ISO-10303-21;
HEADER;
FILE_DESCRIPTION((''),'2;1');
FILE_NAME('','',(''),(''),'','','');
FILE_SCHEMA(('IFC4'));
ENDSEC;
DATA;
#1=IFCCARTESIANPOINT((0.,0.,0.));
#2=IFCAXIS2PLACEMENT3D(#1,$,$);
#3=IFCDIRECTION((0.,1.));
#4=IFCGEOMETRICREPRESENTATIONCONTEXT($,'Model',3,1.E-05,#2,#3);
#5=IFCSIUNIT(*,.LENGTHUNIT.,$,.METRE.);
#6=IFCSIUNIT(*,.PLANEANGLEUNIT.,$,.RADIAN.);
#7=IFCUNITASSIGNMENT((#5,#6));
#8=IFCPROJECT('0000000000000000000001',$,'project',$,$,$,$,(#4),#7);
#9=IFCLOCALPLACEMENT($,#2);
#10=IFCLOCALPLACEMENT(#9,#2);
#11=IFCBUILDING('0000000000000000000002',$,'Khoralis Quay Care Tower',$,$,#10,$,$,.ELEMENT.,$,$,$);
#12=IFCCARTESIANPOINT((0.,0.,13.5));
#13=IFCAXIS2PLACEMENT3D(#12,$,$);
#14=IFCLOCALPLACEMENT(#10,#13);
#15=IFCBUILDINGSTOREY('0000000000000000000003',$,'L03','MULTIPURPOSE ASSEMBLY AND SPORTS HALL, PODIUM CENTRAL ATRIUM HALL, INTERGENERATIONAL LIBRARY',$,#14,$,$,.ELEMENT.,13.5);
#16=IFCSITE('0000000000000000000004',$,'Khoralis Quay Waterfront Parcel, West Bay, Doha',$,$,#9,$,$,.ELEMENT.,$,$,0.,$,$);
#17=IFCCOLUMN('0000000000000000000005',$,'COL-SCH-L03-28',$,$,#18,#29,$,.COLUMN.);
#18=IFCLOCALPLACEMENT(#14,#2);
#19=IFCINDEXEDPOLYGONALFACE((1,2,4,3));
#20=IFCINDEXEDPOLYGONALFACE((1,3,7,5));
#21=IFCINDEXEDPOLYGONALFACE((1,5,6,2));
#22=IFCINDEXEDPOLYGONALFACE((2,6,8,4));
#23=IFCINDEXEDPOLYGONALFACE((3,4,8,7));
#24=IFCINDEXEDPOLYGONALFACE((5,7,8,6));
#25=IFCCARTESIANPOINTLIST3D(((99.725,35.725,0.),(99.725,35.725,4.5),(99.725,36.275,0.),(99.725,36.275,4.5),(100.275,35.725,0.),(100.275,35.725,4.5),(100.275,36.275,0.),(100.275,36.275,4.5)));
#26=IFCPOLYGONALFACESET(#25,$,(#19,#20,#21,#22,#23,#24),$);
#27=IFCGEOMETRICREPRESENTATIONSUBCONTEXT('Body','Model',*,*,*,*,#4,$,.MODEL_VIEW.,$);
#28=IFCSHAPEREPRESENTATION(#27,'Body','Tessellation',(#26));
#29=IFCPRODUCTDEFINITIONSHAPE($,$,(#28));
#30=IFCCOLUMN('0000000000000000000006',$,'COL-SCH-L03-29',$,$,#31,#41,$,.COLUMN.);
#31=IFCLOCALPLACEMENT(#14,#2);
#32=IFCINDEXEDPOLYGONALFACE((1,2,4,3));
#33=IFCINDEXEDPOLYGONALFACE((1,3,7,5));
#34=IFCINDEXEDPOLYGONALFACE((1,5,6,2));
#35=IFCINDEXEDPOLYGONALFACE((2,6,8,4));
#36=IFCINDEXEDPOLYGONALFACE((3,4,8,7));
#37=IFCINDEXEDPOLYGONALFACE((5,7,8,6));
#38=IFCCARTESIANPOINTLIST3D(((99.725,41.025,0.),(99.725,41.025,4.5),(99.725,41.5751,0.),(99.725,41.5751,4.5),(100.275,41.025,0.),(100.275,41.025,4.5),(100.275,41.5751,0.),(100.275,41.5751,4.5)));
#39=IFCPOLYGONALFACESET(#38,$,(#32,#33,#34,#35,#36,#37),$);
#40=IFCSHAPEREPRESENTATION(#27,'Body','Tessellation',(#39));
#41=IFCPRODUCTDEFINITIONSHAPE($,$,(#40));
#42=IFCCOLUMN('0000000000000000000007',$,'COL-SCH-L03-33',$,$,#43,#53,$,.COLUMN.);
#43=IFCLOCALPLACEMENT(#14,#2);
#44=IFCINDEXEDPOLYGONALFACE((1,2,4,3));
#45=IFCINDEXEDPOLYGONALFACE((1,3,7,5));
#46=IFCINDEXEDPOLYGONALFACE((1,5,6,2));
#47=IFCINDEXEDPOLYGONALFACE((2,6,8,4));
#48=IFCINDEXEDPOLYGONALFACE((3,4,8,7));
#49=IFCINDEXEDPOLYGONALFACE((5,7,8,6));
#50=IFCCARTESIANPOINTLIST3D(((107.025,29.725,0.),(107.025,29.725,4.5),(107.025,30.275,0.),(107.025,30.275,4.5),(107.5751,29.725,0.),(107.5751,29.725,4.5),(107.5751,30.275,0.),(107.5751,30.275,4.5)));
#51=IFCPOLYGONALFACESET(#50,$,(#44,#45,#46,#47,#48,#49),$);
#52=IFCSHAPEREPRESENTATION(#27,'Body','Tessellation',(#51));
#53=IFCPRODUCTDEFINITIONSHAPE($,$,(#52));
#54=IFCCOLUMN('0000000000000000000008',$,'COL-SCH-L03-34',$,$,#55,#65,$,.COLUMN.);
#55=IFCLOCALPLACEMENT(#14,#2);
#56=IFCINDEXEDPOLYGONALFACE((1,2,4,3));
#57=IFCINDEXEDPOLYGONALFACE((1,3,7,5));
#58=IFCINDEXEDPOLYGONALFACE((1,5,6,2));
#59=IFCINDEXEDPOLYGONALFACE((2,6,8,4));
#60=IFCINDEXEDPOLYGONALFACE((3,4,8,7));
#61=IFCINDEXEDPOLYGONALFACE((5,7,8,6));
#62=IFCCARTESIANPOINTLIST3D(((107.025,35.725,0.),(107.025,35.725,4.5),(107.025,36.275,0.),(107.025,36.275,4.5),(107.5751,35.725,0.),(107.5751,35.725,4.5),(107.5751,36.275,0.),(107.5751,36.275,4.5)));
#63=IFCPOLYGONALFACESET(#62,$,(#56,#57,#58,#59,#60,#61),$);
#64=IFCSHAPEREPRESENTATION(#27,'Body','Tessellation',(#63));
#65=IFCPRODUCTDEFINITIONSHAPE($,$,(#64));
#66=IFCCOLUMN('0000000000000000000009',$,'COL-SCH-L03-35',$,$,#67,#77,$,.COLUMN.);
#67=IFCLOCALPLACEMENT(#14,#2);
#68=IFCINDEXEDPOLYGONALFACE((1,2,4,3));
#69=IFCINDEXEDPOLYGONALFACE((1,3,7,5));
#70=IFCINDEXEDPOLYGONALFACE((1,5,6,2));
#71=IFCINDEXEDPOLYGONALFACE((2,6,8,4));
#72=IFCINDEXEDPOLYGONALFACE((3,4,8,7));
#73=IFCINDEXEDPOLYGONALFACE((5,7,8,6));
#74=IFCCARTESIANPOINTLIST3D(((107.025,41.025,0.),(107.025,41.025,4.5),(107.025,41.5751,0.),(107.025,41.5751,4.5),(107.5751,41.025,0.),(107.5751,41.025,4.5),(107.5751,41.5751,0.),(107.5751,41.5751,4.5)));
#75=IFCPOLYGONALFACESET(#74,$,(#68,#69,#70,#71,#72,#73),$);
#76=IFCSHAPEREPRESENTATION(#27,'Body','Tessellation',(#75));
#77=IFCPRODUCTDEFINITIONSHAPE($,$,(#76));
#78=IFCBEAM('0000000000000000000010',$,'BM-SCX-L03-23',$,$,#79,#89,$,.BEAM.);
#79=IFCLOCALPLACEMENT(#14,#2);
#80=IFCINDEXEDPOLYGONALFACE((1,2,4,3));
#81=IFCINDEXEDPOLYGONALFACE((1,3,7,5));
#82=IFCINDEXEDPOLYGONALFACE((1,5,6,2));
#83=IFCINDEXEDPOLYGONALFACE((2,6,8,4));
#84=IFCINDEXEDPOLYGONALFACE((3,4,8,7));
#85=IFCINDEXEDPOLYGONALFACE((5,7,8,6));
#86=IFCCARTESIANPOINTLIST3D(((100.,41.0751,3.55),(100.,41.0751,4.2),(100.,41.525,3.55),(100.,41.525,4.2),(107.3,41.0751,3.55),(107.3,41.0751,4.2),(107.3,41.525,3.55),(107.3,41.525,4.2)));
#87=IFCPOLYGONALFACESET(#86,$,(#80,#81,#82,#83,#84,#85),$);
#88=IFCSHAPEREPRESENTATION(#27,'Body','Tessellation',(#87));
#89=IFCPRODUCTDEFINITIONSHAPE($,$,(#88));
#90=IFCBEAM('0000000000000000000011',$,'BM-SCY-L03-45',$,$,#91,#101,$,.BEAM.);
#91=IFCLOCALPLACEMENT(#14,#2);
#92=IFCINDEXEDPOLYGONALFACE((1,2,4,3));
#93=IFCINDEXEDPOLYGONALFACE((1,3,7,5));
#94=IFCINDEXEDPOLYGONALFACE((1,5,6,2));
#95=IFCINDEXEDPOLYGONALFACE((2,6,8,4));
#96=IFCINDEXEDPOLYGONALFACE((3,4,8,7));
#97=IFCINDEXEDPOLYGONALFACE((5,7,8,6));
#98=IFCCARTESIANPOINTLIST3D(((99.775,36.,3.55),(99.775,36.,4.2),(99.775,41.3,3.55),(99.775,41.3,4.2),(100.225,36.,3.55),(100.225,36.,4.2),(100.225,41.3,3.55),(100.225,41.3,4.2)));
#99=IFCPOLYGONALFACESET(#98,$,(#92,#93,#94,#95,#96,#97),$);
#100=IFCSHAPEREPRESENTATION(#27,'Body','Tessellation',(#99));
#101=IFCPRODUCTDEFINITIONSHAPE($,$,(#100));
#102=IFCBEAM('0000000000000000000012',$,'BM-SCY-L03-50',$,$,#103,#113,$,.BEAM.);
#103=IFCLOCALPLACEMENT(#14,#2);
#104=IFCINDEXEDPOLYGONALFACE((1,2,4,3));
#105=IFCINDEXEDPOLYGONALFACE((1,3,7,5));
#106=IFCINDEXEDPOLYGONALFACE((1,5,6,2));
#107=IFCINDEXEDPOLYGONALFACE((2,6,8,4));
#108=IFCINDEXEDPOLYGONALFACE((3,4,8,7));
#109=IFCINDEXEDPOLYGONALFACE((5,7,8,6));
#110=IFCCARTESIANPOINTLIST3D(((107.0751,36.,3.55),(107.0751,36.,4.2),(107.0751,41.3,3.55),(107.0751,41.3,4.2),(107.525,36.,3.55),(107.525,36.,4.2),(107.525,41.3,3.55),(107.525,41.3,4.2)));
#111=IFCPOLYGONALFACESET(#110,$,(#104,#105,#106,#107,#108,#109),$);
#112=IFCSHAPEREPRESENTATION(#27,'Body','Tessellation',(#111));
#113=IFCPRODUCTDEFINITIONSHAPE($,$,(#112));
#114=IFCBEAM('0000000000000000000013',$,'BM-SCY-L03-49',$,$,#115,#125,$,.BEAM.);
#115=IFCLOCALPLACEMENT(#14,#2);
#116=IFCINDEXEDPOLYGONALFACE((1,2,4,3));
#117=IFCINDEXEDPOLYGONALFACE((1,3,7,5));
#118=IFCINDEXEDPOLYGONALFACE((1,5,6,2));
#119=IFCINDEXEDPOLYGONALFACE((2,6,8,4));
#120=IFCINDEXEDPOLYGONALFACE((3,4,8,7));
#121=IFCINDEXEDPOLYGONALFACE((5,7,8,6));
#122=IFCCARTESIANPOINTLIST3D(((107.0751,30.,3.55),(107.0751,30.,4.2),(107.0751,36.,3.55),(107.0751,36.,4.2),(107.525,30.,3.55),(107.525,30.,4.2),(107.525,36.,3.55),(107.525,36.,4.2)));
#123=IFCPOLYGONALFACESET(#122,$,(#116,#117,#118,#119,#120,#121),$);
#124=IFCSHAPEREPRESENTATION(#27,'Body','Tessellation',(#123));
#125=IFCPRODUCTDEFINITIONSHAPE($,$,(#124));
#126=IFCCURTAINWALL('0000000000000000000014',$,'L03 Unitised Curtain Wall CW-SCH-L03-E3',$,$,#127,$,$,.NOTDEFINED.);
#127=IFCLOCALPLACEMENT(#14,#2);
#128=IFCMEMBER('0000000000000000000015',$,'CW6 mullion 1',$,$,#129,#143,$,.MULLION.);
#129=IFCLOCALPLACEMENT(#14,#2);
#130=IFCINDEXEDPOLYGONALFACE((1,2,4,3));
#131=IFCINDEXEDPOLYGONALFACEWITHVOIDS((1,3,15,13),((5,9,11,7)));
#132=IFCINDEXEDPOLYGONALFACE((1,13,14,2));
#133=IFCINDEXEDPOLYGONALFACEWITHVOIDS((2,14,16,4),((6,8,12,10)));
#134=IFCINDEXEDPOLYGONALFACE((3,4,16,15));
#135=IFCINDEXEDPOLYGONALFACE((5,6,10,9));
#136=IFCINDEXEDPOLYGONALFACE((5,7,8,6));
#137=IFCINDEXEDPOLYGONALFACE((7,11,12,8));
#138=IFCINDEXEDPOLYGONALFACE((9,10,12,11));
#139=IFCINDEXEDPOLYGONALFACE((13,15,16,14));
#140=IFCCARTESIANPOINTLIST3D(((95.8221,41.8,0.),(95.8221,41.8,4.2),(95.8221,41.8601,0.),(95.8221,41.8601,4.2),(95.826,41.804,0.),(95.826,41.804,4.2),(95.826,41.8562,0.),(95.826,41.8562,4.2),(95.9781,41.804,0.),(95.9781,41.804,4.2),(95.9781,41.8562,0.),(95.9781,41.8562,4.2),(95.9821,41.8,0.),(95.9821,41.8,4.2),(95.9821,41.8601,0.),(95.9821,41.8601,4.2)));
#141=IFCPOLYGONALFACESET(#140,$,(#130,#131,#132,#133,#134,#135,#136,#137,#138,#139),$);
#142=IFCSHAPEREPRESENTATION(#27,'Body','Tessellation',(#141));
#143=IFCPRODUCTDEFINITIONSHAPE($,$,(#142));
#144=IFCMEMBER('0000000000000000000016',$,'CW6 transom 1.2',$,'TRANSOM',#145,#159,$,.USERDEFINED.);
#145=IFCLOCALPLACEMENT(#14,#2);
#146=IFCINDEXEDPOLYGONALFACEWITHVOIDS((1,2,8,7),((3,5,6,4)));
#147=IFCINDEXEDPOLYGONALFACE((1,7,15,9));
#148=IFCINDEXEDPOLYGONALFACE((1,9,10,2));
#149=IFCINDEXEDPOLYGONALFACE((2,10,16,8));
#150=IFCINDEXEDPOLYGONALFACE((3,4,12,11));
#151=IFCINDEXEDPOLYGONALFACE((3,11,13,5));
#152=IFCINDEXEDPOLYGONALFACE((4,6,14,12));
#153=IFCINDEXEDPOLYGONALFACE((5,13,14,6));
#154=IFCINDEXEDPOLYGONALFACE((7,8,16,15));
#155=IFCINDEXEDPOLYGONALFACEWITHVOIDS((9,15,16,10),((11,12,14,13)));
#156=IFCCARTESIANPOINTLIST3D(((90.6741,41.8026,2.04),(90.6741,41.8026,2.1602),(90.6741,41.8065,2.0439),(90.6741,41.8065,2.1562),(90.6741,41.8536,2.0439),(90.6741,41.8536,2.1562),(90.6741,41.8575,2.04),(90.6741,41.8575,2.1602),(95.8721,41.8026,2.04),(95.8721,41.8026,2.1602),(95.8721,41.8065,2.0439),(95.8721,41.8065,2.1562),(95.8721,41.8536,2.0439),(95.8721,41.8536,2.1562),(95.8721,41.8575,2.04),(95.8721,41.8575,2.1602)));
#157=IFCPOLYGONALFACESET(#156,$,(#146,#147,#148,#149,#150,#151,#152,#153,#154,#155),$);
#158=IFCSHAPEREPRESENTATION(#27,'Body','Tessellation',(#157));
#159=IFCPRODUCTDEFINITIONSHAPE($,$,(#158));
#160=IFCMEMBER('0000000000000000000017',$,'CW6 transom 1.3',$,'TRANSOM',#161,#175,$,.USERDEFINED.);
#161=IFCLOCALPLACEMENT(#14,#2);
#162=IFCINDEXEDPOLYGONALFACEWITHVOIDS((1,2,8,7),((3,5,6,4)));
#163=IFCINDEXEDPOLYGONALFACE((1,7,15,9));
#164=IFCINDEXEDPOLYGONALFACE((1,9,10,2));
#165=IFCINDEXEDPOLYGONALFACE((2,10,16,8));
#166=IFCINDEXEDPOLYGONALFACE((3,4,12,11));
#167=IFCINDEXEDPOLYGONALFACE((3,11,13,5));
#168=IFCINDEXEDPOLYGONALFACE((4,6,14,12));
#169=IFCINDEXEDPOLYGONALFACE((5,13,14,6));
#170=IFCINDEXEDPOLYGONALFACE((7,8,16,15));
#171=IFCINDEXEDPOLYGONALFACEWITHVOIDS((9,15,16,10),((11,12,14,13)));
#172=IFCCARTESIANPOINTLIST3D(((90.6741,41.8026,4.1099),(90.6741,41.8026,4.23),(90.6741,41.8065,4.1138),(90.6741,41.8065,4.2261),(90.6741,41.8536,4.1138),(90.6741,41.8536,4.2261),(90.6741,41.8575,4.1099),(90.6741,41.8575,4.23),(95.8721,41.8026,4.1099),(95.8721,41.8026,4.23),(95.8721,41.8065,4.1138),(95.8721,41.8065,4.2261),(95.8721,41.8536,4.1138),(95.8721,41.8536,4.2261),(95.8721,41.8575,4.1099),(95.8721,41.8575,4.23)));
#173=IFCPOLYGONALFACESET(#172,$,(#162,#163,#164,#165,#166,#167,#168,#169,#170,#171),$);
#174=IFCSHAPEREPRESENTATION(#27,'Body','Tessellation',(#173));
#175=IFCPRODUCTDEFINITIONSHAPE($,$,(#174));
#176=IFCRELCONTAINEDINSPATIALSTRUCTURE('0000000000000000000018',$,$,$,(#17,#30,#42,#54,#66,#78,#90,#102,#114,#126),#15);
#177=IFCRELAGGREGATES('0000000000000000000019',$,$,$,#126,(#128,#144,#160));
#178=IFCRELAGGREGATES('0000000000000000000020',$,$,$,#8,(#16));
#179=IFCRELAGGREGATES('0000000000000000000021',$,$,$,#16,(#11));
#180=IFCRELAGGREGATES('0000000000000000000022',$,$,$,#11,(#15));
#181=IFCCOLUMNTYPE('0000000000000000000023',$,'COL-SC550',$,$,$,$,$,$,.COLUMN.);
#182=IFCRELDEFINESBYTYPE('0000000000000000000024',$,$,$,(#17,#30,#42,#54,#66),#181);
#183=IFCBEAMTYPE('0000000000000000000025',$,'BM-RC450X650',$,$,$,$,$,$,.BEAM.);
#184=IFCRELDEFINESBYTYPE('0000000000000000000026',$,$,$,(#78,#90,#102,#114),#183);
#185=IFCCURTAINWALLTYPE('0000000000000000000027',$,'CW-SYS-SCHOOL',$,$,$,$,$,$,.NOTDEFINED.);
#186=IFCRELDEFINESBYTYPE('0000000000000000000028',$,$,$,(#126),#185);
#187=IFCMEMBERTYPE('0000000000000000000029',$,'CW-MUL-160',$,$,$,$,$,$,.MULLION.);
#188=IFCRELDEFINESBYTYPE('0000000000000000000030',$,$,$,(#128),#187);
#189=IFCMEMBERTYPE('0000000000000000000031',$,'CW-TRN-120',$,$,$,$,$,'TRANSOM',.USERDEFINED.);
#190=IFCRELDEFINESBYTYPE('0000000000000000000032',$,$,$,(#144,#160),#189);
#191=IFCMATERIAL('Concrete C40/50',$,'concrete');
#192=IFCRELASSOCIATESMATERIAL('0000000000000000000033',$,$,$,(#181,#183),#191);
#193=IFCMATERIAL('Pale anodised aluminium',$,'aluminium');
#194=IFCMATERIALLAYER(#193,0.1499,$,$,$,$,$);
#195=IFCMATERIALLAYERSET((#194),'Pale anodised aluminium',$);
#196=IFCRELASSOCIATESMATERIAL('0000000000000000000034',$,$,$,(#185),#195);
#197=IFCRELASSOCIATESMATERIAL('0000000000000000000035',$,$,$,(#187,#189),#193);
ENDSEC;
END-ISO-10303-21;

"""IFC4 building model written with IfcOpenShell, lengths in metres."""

from ifc_helpers import new_model, si_unit, direction, frame, origin, origin_2d, place, context, subcontext, project, spatial, rectangle, hollow_rectangle, extrude, source, transform, mapped, material, layer, layer_set, material_profile, profile_set, type_object, element, aggregate, save


model = new_model("IFC4")

# Units and contexts
model_context = context("Model", 3, precision=1e-05, world=origin(), true_north=direction((0.0, 1.0)))
body_context = subcontext(model_context, "Body", "Model", "MODEL_VIEW")
ifc_project = project(units=[si_unit("LENGTHUNIT", "METRE"), si_unit("PLANEANGLEUNIT", "RADIAN")], contexts=[model_context])

# Site, building, storey
site_placement = place(None, origin())
site = spatial("IfcSite", under=ifc_project, at=site_placement, Name="Khoralis Quay Waterfront Parcel, West Bay, Doha", CompositionType="ELEMENT", RefElevation=0.0)
building_placement = place(site_placement, origin())
building = spatial("IfcBuilding", under=site, at=building_placement, Name="Khoralis Quay Care Tower", CompositionType="ELEMENT")
storey_placement = place(building_placement, frame((0.0, 0.0, 13.5)))
storey = spatial("IfcBuildingStorey", under=building, at=storey_placement, Name="L03", Description="MULTIPURPOSE ASSEMBLY AND SPORTS HALL, PODIUM CENTRAL ATRIUM HALL, INTERGENERATIONAL LIBRARY", CompositionType="ELEMENT", Elevation=13.5)

# Columns
ifc_material_1 = material(Name="Concrete C40/50", Category="concrete")
ifc_material_profile_1 = material_profile(ifc_material_1, rectangle(XDim=0.55, YDim=0.55, at=origin_2d()), Name="Concrete C40/50")
ifc_profile_set_1 = profile_set([ifc_material_profile_1], Name="Concrete C40/50")
column_type = type_object("IfcColumnType", Name="COL-SC550", PredefinedType="COLUMN", material=ifc_profile_set_1)
shared_shape_1 = source(origin(), body_context, "Body", "SweptSolid", [
    extrude(rectangle(XDim=0.55, YDim=0.55, at=origin_2d()), origin(), (0.0, 0.0, 1.0), 4.5),
])
for number, where, z_axis, x_axis, name in (
    (1, (100.0, 36.0, 0.0), (0.0, 0.0, 1.0), (1.0, 0.0, 0.0), "COL-SCH-L03-28"),
    (2, (100.0, 41.3, 0.0), (0.0, 0.0, 1.0), (1.0, 0.0, 0.0), "COL-SCH-L03-29"),
    (3, (107.3, 30.0, 0.0), (0.0, 0.0, 1.0), (1.0, 0.0, 0.0), "COL-SCH-L03-33"),
    (4, (107.3, 36.0, 0.0), (0.0, 0.0, 1.0), (1.0, 0.0, 0.0), "COL-SCH-L03-34"),
    (5, (107.3, 41.3, 0.0), (0.0, 0.0, 1.0), (1.0, 0.0, 0.0), "COL-SCH-L03-35"),
):
    element("IfcColumn", number, at=place(storey_placement, frame(where, z_axis=z_axis, x_axis=x_axis)), inside=storey, type_object=column_type, Name=name, PredefinedType="COLUMN", context=body_context, shape_type="MappedRepresentation", body=[
        mapped(shared_shape_1, transform((0.0, 0.0, 0.0), scale=1.0)),
    ])

# Beams
ifc_material_profile_2 = material_profile(ifc_material_1, rectangle(XDim=0.45, YDim=0.6499, at=origin_2d()), Name="Concrete C40/50")
ifc_profile_set_2 = profile_set([ifc_material_profile_2], Name="Concrete C40/50")
beam_type = type_object("IfcBeamType", Name="BM-RC450X650", PredefinedType="BEAM", material=ifc_profile_set_2)
shared_shape_2 = source(origin(), body_context, "Body", "SweptSolid", [
    extrude(rectangle(XDim=0.45, YDim=0.6499, at=origin_2d()), origin(), (0.0, 0.0, 1.0), 7.3),
])
beam_1_placement = place(storey_placement, frame((100.0, 41.3, 3.875), z_axis=(1.0, 0.0, 0.0), x_axis=(0.0, 1.0, 0.0)))
element("IfcBeam", 6, at=beam_1_placement, inside=storey, type_object=beam_type, Name="BM-SCX-L03-23", PredefinedType="BEAM", context=body_context, shape_type="MappedRepresentation", body=[
    mapped(shared_shape_2, transform((0.0, 0.0, 0.0), scale=1.0)),
])
shared_shape_3 = source(origin(), body_context, "Body", "SweptSolid", [
    extrude(rectangle(XDim=0.45, YDim=0.6499, at=origin_2d()), origin(), (0.0, 0.0, 1.0), 5.3),
])
for number, where, z_axis, x_axis, name in (
    (7, (100.0, 36.0, 3.875), (0.0, 1.0, 0.0), (-1.0, 0.0, 0.0), "BM-SCY-L03-45"),
    (8, (107.3, 36.0, 3.875), (0.0, 1.0, 0.0), (-1.0, 0.0, 0.0), "BM-SCY-L03-50"),
):
    element("IfcBeam", number, at=place(storey_placement, frame(where, z_axis=z_axis, x_axis=x_axis)), inside=storey, type_object=beam_type, Name=name, PredefinedType="BEAM", context=body_context, shape_type="MappedRepresentation", body=[
        mapped(shared_shape_3, transform((0.0, 0.0, 0.0), scale=1.0)),
    ])
shared_shape_4 = source(origin(), body_context, "Body", "SweptSolid", [
    extrude(rectangle(XDim=0.45, YDim=0.6499, at=origin_2d()), origin(), (0.0, 0.0, 1.0), 6.0),
])
beam_2_placement = place(storey_placement, frame((107.3, 30.0, 3.875), z_axis=(0.0, 1.0, 0.0), x_axis=(-1.0, 0.0, 0.0)))
element("IfcBeam", 9, at=beam_2_placement, inside=storey, type_object=beam_type, Name="BM-SCY-L03-49", PredefinedType="BEAM", context=body_context, shape_type="MappedRepresentation", body=[
    mapped(shared_shape_4, transform((0.0, 0.0, 0.0), scale=1.0)),
])

# Curtain wall, members
ifc_material_2 = material(Name="Pale anodised aluminium", Category="aluminium")
ifc_layer_1 = layer(ifc_material_2, 0.1499)
ifc_layer_set_1 = layer_set([ifc_layer_1], Name="Pale anodised aluminium")
curtain_wall_type = type_object("IfcCurtainWallType", Name="CW-SYS-SCHOOL", PredefinedType="NOTDEFINED", material=ifc_layer_set_1)
curtain_wall_placement = place(storey_placement, origin())
curtain_wall = element("IfcCurtainWall", 10, at=curtain_wall_placement, inside=storey, type_object=curtain_wall_type, Name="L03 Unitised Curtain Wall CW-SCH-L03-E3", PredefinedType="NOTDEFINED")
ifc_material_profile_3 = material_profile(ifc_material_2, hollow_rectangle(XDim=0.0601, YDim=0.1599, WallThickness=0.0039, at=origin_2d()), Name="Pale anodised aluminium")
ifc_profile_set_3 = profile_set([ifc_material_profile_3], Name="Pale anodised aluminium")
member_type_1 = type_object("IfcMemberType", Name="CW-MUL-160", PredefinedType="MULLION", material=ifc_profile_set_3)
shared_shape_5 = source(origin(), body_context, "Body", "SweptSolid", [
    extrude(hollow_rectangle(XDim=0.0601, YDim=0.1599, WallThickness=0.0039, at=origin_2d()), origin(), (0.0, 0.0, 1.0), 4.2),
])
member_1_placement = place(storey_placement, frame((95.9021, 41.8301, 0.0), z_axis=(0.0, 0.0, 1.0), x_axis=(0.0, -1.0, 0.0)))
member_1 = element("IfcMember", 11, at=member_1_placement, type_object=member_type_1, Name="CW6 mullion 1", PredefinedType="MULLION", context=body_context, shape_type="MappedRepresentation", body=[
    mapped(shared_shape_5, transform((0.0, 0.0, 0.0), scale=1.0)),
])
ifc_material_profile_4 = material_profile(ifc_material_2, hollow_rectangle(XDim=0.0549, YDim=0.1201, WallThickness=0.0039, at=origin_2d()), Name="Pale anodised aluminium")
ifc_profile_set_4 = profile_set([ifc_material_profile_4], Name="Pale anodised aluminium")
member_type_2 = type_object("IfcMemberType", Name="CW-TRN-120", ElementType="TRANSOM", PredefinedType="USERDEFINED", material=ifc_profile_set_4)
shared_shape_6 = source(origin(), body_context, "Body", "SweptSolid", [
    extrude(hollow_rectangle(XDim=0.0549, YDim=0.1201, WallThickness=0.0039, at=origin_2d()), origin(), (0.0, 0.0, 1.0), 5.198),
])
member_2_placement = place(storey_placement, frame((95.8721, 41.8301, 2.1001), z_axis=(-1.0, 0.0, 0.0), x_axis=(0.0, -1.0, 0.0)))
member_2 = element("IfcMember", 12, at=member_2_placement, type_object=member_type_2, Name="CW6 transom 1.2", ObjectType="TRANSOM", PredefinedType="USERDEFINED", context=body_context, shape_type="MappedRepresentation", body=[
    mapped(shared_shape_6, transform((0.0, 0.0, 0.0), scale=1.0)),
])
member_3_placement = place(storey_placement, frame((95.8721, 41.8301, 4.1699), z_axis=(-1.0, 0.0, 0.0), x_axis=(0.0, -1.0, 0.0)))
member_3 = element("IfcMember", 13, at=member_3_placement, type_object=member_type_2, Name="CW6 transom 1.3", ObjectType="TRANSOM", PredefinedType="USERDEFINED", context=body_context, shape_type="MappedRepresentation", body=[
    mapped(shared_shape_6, transform((0.0, 0.0, 0.0), scale=1.0)),
])
aggregate(curtain_wall, [member_1, member_2, member_3])

save(model, "model.ifc")
